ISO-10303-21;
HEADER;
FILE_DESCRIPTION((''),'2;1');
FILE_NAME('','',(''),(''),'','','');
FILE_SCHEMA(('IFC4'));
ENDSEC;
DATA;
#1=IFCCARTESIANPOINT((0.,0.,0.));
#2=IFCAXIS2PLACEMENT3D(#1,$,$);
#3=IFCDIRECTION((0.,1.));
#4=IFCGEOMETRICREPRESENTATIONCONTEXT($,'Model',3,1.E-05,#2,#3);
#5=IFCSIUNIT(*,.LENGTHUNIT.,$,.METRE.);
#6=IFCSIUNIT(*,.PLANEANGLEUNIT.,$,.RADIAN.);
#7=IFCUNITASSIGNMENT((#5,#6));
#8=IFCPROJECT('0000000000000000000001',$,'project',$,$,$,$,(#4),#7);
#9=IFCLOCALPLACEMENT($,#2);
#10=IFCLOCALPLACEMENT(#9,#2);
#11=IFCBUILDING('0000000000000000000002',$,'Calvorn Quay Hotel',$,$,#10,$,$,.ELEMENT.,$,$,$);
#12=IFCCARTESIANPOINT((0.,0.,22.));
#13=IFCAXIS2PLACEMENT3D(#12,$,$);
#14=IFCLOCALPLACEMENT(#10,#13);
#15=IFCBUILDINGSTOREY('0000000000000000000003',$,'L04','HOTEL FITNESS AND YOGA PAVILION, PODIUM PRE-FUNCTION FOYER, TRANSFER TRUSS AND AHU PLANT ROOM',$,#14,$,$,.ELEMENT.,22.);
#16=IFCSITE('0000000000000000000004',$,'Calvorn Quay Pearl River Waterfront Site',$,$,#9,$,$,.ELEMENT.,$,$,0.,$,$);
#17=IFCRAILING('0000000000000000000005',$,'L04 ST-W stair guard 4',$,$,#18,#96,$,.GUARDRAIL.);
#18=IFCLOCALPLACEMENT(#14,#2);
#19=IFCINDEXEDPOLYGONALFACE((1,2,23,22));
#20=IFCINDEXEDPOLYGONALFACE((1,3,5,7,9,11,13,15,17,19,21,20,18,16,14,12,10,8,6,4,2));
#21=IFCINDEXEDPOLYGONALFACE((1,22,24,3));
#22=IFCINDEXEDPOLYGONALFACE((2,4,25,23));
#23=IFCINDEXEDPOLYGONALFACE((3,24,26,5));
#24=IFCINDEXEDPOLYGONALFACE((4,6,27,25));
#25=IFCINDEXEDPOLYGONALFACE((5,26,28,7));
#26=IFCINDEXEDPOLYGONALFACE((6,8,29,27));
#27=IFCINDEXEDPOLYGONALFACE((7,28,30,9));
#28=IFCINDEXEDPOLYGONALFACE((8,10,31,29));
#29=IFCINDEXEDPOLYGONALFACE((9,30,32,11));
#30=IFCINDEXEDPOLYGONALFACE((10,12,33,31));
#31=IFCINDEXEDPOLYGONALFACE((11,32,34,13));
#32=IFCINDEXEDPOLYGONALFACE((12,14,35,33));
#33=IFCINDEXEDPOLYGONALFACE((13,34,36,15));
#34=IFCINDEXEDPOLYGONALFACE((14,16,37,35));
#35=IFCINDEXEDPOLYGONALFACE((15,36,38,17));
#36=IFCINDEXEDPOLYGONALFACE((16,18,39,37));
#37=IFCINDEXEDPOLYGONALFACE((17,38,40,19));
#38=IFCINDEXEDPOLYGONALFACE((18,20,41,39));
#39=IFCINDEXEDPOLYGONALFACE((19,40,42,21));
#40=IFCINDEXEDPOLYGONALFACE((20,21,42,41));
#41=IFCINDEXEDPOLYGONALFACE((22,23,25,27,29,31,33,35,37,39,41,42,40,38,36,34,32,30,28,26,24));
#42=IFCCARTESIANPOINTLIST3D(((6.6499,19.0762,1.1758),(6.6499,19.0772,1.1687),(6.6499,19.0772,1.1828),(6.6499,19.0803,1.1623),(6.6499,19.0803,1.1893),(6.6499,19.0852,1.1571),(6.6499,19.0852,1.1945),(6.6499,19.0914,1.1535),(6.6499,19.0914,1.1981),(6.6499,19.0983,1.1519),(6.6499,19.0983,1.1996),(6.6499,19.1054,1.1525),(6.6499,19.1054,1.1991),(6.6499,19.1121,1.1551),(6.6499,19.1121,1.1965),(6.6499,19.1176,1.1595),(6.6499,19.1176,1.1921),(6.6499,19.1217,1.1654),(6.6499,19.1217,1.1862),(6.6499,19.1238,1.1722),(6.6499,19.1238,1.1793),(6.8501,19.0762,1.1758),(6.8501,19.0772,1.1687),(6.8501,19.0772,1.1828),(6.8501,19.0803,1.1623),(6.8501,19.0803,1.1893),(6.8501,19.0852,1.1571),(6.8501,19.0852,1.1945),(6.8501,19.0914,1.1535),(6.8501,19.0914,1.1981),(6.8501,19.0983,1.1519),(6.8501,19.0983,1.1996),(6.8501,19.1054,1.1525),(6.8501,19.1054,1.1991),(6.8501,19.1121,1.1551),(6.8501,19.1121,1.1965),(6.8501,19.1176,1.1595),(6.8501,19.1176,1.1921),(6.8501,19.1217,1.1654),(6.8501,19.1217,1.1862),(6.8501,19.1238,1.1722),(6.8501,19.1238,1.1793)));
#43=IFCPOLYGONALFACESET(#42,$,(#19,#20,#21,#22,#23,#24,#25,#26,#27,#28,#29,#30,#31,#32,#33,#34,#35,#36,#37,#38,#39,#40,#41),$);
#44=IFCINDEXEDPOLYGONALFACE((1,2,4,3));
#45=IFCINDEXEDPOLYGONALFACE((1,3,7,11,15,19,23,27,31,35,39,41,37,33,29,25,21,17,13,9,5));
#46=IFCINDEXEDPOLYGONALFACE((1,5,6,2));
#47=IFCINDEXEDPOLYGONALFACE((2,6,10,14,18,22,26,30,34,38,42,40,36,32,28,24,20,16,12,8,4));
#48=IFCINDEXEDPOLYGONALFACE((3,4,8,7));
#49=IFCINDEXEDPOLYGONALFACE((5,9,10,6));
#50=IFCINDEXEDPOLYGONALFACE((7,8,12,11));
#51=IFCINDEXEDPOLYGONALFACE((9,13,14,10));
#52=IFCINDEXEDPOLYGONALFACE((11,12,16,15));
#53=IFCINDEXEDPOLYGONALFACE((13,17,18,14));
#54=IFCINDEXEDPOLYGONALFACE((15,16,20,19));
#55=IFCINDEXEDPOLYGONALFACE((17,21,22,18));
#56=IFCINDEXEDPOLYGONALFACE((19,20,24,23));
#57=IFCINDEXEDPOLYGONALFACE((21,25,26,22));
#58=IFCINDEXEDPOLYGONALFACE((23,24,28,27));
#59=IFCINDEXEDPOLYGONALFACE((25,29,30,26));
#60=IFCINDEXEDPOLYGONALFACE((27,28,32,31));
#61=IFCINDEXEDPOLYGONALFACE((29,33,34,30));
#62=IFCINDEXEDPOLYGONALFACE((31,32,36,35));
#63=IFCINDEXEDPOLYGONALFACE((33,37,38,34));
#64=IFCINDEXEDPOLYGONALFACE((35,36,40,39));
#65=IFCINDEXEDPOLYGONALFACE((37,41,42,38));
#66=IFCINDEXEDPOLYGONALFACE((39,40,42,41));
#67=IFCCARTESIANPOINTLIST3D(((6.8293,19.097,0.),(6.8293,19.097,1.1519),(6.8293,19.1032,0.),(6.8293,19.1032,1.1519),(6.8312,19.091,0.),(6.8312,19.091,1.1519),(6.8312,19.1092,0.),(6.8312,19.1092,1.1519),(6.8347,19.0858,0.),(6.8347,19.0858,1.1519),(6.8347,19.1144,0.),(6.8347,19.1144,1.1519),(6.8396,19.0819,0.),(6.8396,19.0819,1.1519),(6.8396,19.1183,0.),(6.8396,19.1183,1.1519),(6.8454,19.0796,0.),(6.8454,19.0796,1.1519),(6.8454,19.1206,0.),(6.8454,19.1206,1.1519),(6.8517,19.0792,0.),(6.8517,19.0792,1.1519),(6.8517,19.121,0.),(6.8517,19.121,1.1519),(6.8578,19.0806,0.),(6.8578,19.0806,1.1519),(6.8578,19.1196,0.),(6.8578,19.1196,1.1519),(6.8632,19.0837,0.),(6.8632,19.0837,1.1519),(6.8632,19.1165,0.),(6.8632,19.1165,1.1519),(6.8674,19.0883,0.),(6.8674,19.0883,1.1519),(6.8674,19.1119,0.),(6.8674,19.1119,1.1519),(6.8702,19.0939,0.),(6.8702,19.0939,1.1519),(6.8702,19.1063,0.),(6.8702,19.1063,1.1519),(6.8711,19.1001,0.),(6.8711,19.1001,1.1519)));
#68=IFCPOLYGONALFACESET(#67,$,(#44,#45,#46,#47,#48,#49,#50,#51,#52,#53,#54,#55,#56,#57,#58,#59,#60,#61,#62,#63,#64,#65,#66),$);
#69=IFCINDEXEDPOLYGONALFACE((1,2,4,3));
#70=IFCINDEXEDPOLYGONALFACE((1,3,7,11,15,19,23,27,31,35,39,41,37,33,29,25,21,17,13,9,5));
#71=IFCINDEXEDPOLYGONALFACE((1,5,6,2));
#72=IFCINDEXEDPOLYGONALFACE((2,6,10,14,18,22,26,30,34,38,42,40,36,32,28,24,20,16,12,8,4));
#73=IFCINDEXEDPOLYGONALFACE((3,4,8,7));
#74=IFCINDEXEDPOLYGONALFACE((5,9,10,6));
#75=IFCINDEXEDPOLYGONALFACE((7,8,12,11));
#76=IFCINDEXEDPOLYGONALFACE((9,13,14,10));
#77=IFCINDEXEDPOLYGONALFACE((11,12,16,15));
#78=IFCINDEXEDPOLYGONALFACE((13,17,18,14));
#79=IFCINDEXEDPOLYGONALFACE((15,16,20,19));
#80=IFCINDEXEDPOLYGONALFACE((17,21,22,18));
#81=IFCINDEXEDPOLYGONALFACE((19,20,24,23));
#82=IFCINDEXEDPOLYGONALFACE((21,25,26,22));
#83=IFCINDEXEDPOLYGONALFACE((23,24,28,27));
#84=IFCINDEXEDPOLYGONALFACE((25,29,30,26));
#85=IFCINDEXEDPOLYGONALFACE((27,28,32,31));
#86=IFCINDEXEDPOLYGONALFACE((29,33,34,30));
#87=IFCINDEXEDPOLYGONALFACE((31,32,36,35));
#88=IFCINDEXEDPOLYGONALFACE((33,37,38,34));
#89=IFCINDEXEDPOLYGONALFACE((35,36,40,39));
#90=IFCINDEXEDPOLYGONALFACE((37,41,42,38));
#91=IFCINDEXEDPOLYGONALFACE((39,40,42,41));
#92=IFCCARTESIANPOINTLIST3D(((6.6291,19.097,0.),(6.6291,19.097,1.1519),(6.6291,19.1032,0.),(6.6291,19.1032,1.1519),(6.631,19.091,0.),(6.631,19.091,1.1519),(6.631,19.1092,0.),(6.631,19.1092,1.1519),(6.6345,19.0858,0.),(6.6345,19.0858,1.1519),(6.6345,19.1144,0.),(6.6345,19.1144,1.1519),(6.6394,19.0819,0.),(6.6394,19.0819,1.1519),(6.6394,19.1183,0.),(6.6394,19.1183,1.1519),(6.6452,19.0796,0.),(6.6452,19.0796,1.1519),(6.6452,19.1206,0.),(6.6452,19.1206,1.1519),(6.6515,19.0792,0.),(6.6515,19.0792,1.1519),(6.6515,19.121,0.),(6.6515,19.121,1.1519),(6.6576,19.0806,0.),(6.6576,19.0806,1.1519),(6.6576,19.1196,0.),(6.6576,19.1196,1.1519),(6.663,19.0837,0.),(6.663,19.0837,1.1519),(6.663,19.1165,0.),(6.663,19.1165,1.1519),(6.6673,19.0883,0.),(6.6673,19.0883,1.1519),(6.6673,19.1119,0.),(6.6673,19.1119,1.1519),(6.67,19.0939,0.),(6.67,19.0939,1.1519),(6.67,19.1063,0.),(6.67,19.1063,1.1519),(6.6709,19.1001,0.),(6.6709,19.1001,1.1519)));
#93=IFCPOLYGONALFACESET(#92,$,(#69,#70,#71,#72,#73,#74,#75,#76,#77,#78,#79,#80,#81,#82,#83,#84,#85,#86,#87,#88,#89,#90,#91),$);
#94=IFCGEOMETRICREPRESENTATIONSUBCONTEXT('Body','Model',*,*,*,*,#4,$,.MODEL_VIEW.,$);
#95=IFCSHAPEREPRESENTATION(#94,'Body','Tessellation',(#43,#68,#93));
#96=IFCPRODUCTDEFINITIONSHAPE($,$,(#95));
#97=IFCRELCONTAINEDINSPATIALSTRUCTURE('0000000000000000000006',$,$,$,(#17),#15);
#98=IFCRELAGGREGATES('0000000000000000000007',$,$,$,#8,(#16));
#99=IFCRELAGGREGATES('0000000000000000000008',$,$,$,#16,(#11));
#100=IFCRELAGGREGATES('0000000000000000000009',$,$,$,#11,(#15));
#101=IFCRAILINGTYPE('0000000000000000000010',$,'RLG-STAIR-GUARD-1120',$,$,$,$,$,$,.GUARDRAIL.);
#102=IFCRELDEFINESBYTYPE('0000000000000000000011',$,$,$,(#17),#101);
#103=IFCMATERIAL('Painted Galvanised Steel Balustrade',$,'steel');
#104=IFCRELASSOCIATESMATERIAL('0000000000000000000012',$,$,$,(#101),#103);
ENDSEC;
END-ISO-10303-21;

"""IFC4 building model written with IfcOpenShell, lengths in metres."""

from ifc_helpers import new_model, si_unit, direction, frame, origin, origin_2d, place, context, subcontext, project, spatial, circle, extrude, material, type_object, element, save


model = new_model("IFC4")

# Units and contexts
model_context = context("Model", 3, precision=1e-05, world=origin(), true_north=direction((0.0, 1.0)))
body_context = subcontext(model_context, "Body", "Model", "MODEL_VIEW")
ifc_project = project(units=[si_unit("LENGTHUNIT", "METRE"), si_unit("PLANEANGLEUNIT", "RADIAN")], contexts=[model_context])

# Site, building, storey
site_placement = place(None, origin())
site = spatial("IfcSite", under=ifc_project, at=site_placement, Name="Calvorn Quay Pearl River Waterfront Site", CompositionType="ELEMENT", RefElevation=0.0)
building_placement = place(site_placement, origin())
building = spatial("IfcBuilding", under=site, at=building_placement, Name="Calvorn Quay Hotel", CompositionType="ELEMENT")
storey_placement = place(building_placement, frame((0.0, 0.0, 22.0)))
storey = spatial("IfcBuildingStorey", under=building, at=storey_placement, Name="L04", Description="HOTEL FITNESS AND YOGA PAVILION, PODIUM PRE-FUNCTION FOYER, TRANSFER TRUSS AND AHU PLANT ROOM", CompositionType="ELEMENT", Elevation=22.0)

# Railing
ifc_material_1 = material(Name="Painted Galvanised Steel Balustrade", Category="steel")
railing_type_1 = type_object("IfcRailingType", Name="RLG-STAIR-GUARD-1120", PredefinedType="GUARDRAIL", material=ifc_material_1)
railing_1_placement = place(storey_placement, frame((6.8501, 19.1001, 0.0)))
element("IfcRailing", 1, at=railing_1_placement, inside=storey, type_object=railing_type_1, Name="L04 ST-W stair guard 4", PredefinedType="GUARDRAIL", context=body_context, shape_type="SweptSolid", body=[
    extrude(circle(Radius=0.0239, at=origin_2d()), frame((0.0, 0.0, 1.1758), z_axis=(-1.0, 0.0, 0.0), x_axis=(0.0, -1.0, 0.0)), (0.0, 0.0, 1.0), 0.2002),
    extrude(circle(Radius=0.021, at=origin_2d()), origin(), (0.0, 0.0, 1.0), 1.1519),
    extrude(circle(Radius=0.021, at=origin_2d()), frame((-0.2002, 0.0, 0.0)), (0.0, 0.0, 1.0), 1.1519),
])

save(model, "model.ifc")
